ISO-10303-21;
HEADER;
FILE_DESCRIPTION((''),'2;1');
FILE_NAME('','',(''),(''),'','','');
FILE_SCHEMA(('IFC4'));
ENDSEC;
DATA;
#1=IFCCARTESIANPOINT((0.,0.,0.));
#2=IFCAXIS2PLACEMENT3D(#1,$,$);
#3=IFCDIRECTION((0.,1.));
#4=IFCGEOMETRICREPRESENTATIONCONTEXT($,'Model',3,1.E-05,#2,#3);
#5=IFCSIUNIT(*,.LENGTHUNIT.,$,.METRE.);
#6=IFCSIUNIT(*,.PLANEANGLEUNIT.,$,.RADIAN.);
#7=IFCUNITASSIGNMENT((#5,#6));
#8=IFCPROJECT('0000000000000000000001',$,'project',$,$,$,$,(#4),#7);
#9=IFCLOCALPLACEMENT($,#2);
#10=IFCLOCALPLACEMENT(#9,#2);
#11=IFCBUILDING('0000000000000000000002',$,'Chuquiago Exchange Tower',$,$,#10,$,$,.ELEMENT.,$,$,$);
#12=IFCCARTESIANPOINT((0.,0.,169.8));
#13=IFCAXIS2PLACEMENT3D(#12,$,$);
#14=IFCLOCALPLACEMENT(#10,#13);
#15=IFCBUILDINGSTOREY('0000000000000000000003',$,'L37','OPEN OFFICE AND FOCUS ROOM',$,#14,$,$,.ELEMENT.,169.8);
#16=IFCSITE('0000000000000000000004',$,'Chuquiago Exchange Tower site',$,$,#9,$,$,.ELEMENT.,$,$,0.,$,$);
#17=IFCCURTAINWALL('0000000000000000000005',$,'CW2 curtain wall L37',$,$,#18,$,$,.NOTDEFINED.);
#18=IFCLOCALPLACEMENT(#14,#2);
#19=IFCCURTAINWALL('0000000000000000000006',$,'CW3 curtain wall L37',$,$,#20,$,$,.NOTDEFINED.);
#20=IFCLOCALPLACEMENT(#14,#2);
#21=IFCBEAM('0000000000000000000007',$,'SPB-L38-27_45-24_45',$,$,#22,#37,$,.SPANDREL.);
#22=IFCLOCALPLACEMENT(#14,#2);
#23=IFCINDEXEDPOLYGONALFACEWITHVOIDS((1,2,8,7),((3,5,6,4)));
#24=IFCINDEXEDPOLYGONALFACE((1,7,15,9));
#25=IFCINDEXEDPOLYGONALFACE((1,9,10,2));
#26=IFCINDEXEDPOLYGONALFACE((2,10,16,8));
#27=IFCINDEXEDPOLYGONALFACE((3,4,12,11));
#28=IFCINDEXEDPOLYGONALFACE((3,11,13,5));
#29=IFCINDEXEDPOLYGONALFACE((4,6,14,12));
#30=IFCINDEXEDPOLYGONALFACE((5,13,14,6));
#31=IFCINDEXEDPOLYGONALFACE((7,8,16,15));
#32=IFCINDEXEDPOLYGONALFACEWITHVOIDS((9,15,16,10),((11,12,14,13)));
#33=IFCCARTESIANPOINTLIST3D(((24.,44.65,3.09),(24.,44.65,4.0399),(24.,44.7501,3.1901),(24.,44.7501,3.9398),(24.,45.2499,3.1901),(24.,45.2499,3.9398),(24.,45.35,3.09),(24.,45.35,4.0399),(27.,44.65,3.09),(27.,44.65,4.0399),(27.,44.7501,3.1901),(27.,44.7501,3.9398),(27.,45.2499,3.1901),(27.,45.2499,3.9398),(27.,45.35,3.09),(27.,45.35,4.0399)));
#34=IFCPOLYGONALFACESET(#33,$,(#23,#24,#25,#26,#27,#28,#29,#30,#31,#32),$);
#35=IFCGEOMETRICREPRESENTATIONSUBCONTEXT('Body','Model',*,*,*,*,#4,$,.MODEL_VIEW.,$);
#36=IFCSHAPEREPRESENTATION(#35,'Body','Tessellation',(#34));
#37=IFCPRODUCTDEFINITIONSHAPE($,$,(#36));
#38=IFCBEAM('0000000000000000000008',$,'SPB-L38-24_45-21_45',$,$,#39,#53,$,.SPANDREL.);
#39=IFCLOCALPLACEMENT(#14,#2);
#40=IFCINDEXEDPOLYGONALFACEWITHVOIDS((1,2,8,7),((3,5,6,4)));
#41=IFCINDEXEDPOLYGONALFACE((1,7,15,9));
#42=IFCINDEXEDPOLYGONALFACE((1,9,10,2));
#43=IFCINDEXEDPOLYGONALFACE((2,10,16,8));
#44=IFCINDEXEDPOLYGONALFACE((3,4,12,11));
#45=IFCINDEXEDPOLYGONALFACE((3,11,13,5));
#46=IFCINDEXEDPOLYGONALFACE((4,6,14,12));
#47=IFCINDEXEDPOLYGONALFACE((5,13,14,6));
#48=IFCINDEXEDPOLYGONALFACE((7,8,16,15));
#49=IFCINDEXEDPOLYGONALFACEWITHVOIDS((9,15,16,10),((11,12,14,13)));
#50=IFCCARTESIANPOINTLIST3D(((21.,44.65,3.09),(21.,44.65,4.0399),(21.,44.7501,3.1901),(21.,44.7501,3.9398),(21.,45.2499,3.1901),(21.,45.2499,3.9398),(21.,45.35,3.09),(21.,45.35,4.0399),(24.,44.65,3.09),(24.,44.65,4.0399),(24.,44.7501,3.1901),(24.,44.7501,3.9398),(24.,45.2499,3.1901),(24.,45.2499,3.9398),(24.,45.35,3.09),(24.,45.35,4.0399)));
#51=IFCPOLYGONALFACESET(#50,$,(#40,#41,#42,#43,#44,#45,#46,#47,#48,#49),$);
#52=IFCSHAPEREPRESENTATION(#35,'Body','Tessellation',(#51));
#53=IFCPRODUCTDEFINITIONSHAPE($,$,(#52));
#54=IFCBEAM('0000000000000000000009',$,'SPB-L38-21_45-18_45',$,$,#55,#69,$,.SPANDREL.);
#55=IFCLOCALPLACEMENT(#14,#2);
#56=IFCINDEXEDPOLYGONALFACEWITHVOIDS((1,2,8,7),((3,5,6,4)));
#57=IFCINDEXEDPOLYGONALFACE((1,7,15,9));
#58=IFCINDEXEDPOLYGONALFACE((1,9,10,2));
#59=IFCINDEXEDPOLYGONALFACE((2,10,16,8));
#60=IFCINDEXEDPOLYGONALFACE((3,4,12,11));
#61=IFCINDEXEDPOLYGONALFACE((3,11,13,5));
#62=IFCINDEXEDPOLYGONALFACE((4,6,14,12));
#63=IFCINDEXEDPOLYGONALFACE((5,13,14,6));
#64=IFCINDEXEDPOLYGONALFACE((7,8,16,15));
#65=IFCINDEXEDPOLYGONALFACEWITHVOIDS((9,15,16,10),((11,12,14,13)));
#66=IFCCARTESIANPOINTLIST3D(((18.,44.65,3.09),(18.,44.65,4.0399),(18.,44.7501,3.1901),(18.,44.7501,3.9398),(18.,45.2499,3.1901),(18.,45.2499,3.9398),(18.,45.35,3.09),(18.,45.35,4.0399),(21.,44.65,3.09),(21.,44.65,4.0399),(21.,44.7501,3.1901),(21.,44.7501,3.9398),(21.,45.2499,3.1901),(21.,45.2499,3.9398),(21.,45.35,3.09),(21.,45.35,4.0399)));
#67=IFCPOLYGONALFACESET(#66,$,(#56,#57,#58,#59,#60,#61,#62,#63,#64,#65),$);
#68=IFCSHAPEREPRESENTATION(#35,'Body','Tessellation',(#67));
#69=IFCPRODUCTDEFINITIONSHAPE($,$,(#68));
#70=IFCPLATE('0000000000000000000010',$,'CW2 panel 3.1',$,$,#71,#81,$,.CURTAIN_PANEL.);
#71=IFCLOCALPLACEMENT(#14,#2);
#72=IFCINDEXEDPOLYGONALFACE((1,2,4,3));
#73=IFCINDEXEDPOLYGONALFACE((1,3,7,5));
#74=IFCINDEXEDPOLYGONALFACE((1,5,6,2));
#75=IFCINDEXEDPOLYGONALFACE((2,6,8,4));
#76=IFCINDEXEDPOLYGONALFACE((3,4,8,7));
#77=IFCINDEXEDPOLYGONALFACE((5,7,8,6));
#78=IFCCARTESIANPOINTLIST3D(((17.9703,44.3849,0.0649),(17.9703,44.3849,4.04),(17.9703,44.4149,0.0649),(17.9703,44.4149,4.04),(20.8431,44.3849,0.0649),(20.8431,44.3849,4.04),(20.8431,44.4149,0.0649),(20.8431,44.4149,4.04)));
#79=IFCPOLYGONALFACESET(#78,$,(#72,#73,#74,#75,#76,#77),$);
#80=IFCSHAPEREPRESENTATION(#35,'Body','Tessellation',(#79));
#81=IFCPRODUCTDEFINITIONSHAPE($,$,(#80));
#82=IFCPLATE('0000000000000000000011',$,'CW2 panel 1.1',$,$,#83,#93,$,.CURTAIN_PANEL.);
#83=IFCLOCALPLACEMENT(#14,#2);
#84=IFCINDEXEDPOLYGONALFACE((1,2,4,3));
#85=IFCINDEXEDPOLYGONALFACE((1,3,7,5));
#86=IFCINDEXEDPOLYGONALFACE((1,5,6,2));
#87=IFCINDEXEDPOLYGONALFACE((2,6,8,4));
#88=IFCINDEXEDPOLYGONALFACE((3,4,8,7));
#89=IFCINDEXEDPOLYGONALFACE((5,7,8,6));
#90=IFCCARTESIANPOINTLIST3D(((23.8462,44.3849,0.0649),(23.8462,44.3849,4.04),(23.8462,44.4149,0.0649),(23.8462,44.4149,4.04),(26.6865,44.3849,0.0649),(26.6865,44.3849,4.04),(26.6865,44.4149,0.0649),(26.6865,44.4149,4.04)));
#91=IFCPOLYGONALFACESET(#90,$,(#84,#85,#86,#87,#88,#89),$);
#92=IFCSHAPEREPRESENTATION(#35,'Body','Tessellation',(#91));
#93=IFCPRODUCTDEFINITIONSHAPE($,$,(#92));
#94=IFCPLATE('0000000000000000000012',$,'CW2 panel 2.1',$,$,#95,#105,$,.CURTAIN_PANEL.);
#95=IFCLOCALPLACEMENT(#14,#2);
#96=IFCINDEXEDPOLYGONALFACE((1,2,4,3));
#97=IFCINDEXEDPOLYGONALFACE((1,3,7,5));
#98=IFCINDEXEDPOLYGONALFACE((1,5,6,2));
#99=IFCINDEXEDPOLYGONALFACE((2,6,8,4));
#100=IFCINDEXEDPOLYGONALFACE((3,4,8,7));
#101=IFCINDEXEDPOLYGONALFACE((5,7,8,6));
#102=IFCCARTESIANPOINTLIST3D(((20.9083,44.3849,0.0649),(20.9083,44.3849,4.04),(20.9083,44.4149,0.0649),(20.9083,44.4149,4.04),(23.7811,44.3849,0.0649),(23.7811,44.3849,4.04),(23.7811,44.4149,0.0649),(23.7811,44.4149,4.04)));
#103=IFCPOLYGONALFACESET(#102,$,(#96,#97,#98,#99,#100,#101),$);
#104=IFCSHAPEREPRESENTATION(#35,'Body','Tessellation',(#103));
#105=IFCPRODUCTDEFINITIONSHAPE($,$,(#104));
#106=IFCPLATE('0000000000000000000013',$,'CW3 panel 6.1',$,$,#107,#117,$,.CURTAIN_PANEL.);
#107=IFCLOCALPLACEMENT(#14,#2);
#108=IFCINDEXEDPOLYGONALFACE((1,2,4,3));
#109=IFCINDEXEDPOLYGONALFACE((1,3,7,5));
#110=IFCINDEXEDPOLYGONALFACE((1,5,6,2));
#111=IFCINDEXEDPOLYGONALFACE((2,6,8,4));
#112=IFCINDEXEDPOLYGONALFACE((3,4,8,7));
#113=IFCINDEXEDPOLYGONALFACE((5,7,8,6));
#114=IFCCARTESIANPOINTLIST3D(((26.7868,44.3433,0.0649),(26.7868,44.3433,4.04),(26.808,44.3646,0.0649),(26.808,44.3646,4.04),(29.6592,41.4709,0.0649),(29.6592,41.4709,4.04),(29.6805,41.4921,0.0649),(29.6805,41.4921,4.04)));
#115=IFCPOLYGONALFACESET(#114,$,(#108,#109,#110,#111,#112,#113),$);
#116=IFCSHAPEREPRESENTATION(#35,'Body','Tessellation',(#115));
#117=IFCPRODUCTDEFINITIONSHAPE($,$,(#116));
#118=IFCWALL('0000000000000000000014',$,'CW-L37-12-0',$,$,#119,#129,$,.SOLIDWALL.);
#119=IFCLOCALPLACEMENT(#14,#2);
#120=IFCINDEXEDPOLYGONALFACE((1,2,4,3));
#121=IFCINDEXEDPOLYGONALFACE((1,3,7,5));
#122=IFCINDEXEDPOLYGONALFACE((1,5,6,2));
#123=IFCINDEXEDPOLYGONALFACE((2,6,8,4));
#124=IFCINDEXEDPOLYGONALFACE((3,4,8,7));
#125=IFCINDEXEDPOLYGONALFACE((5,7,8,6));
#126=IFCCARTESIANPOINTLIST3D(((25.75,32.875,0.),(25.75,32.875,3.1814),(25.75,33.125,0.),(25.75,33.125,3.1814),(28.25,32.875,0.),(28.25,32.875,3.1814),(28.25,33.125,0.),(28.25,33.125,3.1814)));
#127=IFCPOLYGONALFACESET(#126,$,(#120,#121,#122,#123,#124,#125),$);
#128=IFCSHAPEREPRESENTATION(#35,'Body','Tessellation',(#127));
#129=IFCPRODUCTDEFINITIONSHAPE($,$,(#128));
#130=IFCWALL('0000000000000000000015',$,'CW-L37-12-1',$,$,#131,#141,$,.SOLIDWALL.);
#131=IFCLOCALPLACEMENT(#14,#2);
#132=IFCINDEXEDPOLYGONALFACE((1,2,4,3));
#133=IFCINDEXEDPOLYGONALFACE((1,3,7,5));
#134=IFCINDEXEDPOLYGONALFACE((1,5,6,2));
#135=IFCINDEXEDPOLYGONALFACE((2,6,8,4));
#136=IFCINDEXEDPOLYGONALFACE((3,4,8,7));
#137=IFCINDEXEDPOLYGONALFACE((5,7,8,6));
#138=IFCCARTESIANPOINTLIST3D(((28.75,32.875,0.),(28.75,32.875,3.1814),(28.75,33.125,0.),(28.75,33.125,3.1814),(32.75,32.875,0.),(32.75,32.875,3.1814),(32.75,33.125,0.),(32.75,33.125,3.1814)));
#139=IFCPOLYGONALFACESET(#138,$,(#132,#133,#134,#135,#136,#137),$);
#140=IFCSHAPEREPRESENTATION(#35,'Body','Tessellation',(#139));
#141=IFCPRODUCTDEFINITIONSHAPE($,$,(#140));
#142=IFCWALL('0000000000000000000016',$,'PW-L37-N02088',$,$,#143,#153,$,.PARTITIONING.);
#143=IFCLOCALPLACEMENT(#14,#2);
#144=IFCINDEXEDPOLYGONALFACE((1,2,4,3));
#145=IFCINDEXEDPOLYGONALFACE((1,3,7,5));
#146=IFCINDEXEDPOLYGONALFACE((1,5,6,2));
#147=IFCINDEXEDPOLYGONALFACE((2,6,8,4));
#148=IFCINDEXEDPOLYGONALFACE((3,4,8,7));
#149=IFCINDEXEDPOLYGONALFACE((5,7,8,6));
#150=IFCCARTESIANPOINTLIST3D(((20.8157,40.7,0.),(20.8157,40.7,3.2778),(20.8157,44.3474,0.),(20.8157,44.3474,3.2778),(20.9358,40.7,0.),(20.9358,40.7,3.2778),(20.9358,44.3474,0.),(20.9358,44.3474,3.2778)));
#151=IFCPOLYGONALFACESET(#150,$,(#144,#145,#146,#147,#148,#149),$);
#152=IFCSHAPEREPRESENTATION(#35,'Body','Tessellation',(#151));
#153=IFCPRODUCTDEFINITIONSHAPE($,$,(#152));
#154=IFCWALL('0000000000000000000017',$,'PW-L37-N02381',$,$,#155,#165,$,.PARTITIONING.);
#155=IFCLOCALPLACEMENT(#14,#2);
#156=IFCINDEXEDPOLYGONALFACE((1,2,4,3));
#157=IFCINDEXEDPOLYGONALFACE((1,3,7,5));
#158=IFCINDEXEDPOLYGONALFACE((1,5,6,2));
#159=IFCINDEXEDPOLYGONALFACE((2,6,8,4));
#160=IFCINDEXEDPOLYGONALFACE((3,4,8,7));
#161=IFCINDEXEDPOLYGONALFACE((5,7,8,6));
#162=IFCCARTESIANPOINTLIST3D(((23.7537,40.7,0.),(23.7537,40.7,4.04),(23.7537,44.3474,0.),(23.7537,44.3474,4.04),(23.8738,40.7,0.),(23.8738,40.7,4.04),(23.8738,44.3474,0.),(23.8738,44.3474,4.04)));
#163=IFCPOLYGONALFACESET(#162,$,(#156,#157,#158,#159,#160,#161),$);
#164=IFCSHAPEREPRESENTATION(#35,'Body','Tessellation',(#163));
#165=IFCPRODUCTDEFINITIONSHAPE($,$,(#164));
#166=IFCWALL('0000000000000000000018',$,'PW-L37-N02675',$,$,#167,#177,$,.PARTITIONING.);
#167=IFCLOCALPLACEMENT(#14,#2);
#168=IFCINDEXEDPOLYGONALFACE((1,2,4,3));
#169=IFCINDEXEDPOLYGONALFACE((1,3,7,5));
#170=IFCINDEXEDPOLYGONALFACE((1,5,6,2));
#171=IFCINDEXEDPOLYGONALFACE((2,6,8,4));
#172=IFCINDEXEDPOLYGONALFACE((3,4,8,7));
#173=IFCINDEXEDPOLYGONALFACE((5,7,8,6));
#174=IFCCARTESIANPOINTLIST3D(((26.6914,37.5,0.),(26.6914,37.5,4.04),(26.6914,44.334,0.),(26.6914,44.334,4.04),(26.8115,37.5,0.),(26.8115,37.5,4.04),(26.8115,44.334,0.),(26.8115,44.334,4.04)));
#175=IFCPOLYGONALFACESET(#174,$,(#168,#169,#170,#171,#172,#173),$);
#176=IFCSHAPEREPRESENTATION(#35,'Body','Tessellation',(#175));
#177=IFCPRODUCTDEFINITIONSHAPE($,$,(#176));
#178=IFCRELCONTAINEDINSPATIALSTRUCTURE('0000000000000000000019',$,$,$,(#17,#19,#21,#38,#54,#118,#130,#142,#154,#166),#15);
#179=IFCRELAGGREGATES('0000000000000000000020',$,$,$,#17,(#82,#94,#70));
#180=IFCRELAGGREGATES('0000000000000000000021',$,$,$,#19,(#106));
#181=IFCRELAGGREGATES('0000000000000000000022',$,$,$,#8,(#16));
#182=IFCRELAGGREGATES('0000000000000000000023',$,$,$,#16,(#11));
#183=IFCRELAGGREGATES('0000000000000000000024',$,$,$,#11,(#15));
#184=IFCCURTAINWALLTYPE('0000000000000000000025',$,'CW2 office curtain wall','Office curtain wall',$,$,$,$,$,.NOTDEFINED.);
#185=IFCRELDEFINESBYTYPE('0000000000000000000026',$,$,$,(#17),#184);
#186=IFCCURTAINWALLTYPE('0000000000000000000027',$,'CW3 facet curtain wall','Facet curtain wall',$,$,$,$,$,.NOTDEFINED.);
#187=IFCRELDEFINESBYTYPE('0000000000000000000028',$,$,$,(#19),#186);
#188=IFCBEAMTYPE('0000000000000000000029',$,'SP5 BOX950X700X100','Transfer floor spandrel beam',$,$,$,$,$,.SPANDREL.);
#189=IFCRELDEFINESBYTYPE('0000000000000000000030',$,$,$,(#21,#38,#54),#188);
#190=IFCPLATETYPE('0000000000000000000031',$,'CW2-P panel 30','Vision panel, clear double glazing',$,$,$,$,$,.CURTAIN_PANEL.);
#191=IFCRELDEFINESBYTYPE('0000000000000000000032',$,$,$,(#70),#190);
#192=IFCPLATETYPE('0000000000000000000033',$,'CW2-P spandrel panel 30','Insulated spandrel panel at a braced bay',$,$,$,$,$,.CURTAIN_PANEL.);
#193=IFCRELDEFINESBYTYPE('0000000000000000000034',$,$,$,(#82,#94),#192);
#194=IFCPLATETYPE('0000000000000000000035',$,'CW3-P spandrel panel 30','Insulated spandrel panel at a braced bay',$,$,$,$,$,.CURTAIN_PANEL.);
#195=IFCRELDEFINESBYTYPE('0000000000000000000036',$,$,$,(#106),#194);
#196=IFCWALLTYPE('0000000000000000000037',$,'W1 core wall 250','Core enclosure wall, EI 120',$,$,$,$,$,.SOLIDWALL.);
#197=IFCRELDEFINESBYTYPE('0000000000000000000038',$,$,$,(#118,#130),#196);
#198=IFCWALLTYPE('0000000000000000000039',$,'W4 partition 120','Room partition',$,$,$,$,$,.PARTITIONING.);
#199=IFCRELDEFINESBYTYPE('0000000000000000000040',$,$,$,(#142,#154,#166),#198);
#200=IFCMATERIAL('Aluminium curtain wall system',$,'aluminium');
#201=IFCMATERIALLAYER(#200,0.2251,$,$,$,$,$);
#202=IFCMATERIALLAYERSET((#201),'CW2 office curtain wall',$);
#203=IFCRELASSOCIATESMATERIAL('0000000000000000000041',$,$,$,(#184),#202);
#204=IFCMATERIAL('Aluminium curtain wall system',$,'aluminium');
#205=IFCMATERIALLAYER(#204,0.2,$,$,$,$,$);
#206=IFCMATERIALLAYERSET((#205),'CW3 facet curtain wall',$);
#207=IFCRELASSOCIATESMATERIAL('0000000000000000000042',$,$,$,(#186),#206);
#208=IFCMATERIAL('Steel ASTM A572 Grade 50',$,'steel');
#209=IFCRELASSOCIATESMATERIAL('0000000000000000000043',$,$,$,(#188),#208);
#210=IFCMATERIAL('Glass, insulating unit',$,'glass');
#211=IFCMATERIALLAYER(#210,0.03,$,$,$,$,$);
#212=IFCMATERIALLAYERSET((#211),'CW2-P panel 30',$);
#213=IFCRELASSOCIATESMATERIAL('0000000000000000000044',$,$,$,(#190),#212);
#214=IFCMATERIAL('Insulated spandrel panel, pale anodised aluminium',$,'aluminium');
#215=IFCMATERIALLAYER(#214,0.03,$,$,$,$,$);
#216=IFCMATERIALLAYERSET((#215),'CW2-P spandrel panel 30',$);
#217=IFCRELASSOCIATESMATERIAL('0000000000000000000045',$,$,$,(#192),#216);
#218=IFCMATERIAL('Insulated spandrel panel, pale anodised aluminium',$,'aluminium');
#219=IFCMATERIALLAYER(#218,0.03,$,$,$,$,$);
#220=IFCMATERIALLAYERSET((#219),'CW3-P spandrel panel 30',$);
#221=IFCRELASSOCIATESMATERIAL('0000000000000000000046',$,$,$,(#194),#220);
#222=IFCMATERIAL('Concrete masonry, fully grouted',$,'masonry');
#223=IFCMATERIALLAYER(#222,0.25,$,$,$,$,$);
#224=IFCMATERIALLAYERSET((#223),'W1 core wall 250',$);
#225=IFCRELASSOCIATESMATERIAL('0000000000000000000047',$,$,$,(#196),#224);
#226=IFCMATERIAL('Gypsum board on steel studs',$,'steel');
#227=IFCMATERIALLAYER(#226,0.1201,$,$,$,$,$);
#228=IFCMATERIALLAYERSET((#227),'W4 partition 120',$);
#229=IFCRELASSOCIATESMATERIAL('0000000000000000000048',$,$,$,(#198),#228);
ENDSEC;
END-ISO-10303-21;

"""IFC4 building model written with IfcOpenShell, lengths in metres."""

from ifc_helpers import new_model, si_unit, direction, frame, frame_2d, origin, origin_2d, place, context, subcontext, project, spatial, rectangle, hollow_rectangle, extrude, material, layer, layer_set, material_profile, profile_set, type_object, element, aggregate, save


model = new_model("IFC4")

# Units and contexts
model_context = context("Model", 3, precision=1e-05, world=origin(), true_north=direction((0.0, 1.0)))
body_context = subcontext(model_context, "Body", "Model", "MODEL_VIEW")
ifc_project = project(units=[si_unit("LENGTHUNIT", "METRE"), si_unit("PLANEANGLEUNIT", "RADIAN")], contexts=[model_context])

# Site, building, storey
site_placement = place(None, origin())
site = spatial("IfcSite", under=ifc_project, at=site_placement, Name="Chuquiago Exchange Tower site", CompositionType="ELEMENT", RefElevation=0.0)
building_placement = place(site_placement, origin())
building = spatial("IfcBuilding", under=site, at=building_placement, Name="Chuquiago Exchange Tower", CompositionType="ELEMENT")
storey_placement = place(building_placement, frame((0.0, 0.0, 169.8)))
storey = spatial("IfcBuildingStorey", under=building, at=storey_placement, Name="L37", Description="OPEN OFFICE AND FOCUS ROOM", CompositionType="ELEMENT", Elevation=169.8)

# Curtain walls
ifc_material_1 = material(Name="Aluminium curtain wall system", Category="aluminium")
ifc_layer_1 = layer(ifc_material_1, 0.2251)
ifc_layer_set_1 = layer_set([ifc_layer_1], Name="CW2 office curtain wall")
curtain_wall_type_1 = type_object("IfcCurtainWallType", Name="CW2 office curtain wall", Description="Office curtain wall", PredefinedType="NOTDEFINED", material=ifc_layer_set_1)
curtain_wall_1_placement = place(storey_placement, origin())
curtain_wall_1 = element("IfcCurtainWall", 1, at=curtain_wall_1_placement, inside=storey, type_object=curtain_wall_type_1, Name="CW2 curtain wall L37", PredefinedType="NOTDEFINED")
ifc_material_2 = material(Name="Aluminium curtain wall system", Category="aluminium")
ifc_layer_2 = layer(ifc_material_2, 0.2)
ifc_layer_set_2 = layer_set([ifc_layer_2], Name="CW3 facet curtain wall")
curtain_wall_type_2 = type_object("IfcCurtainWallType", Name="CW3 facet curtain wall", Description="Facet curtain wall", PredefinedType="NOTDEFINED", material=ifc_layer_set_2)
curtain_wall_2_placement = place(storey_placement, origin())
curtain_wall_2 = element("IfcCurtainWall", 2, at=curtain_wall_2_placement, inside=storey, type_object=curtain_wall_type_2, Name="CW3 curtain wall L37", PredefinedType="NOTDEFINED")

# Beams
ifc_material_3 = material(Name="Steel ASTM A572 Grade 50", Category="steel")
ifc_material_profile_1 = material_profile(ifc_material_3, hollow_rectangle(XDim=0.7, YDim=0.95, WallThickness=0.1001, at=origin_2d()), Name="BOX950X700X100")
ifc_profile_set_1 = profile_set([ifc_material_profile_1], Name="Steel ASTM A572 Grade 50")
beam_type_1 = type_object("IfcBeamType", Name="SP5 BOX950X700X100", Description="Transfer floor spandrel beam", PredefinedType="SPANDREL", material=ifc_profile_set_1)
for number, where, z_axis, x_axis, name in (
    (3, (27.0, 45.0, 3.5649), (-1.0, 0.0, 0.0), (0.0, -1.0, 0.0), "SPB-L38-27_45-24_45"),
    (4, (24.0, 45.0, 3.5649), (-1.0, 0.0, 0.0), (0.0, -1.0, 0.0), "SPB-L38-24_45-21_45"),
    (5, (21.0, 45.0, 3.5649), (-1.0, 0.0, 0.0), (0.0, -1.0, 0.0), "SPB-L38-21_45-18_45"),
):
    element("IfcBeam", number, at=place(storey_placement, frame(where, z_axis=z_axis, x_axis=x_axis)), inside=storey, type_object=beam_type_1, Name=name, PredefinedType="SPANDREL", context=body_context, shape_type="SweptSolid", body=[
        extrude(hollow_rectangle(XDim=0.7, YDim=0.95, WallThickness=0.1001, at=origin_2d()), origin(), (0.0, 0.0, 1.0), 3.0),
    ])

# Plates
ifc_material_4 = material(Name="Glass, insulating unit", Category="glass")
ifc_layer_3 = layer(ifc_material_4, 0.03)
ifc_layer_set_3 = layer_set([ifc_layer_3], Name="CW2-P panel 30")
plate_type_1 = type_object("IfcPlateType", Name="CW2-P panel 30", Description="Vision panel, clear double glazing", PredefinedType="CURTAIN_PANEL", material=ifc_layer_set_3)
plate_1_placement = place(storey_placement, frame((19.4067, 44.3999, 0.0649), z_axis=(0.0, 0.0, 1.0), x_axis=(-1.0, 0.0, 0.0)))
plate_1 = element("IfcPlate", 6, at=plate_1_placement, type_object=plate_type_1, Name="CW2 panel 3.1", PredefinedType="CURTAIN_PANEL", context=body_context, shape_type="SweptSolid", body=[
    extrude(rectangle(XDim=2.8728, YDim=0.03, at=origin_2d()), origin(), (0.0, 0.0, 1.0), 3.9751),
])
ifc_material_5 = material(Name="Insulated spandrel panel, pale anodised aluminium", Category="aluminium")
ifc_layer_4 = layer(ifc_material_5, 0.03)
ifc_layer_set_4 = layer_set([ifc_layer_4], Name="CW2-P spandrel panel 30")
plate_type_2 = type_object("IfcPlateType", Name="CW2-P spandrel panel 30", Description="Insulated spandrel panel at a braced bay", PredefinedType="CURTAIN_PANEL", material=ifc_layer_set_4)
plate_2_placement = place(storey_placement, frame((25.2664, 44.3999, 0.0649), z_axis=(0.0, 0.0, 1.0), x_axis=(-1.0, 0.0, 0.0)))
plate_2 = element("IfcPlate", 7, at=plate_2_placement, type_object=plate_type_2, Name="CW2 panel 1.1", PredefinedType="CURTAIN_PANEL", context=body_context, shape_type="SweptSolid", body=[
    extrude(rectangle(XDim=2.8403, YDim=0.03, at=origin_2d()), origin(), (0.0, 0.0, 1.0), 3.9751),
])
plate_3_placement = place(storey_placement, frame((22.3447, 44.3999, 0.0649), z_axis=(0.0, 0.0, 1.0), x_axis=(-1.0, 0.0, 0.0)))
plate_3 = element("IfcPlate", 8, at=plate_3_placement, type_object=plate_type_2, Name="CW2 panel 2.1", PredefinedType="CURTAIN_PANEL", context=body_context, shape_type="SweptSolid", body=[
    extrude(rectangle(XDim=2.8728, YDim=0.03, at=origin_2d()), origin(), (0.0, 0.0, 1.0), 3.9751),
])
aggregate(curtain_wall_1, [plate_2, plate_3, plate_1])
ifc_material_6 = material(Name="Insulated spandrel panel, pale anodised aluminium", Category="aluminium")
ifc_layer_5 = layer(ifc_material_6, 0.03)
ifc_layer_set_5 = layer_set([ifc_layer_5], Name="CW3-P spandrel panel 30")
plate_type_3 = type_object("IfcPlateType", Name="CW3-P spandrel panel 30", Description="Insulated spandrel panel at a braced bay", PredefinedType="CURTAIN_PANEL", material=ifc_layer_set_5)
plate_4_placement = place(storey_placement, frame((28.2336, 42.9177, 0.0649), z_axis=(0.0, 0.0, 1.0), x_axis=(-0.707107, 0.707107, 0.0)))
plate_4 = element("IfcPlate", 9, at=plate_4_placement, type_object=plate_type_3, Name="CW3 panel 6.1", PredefinedType="CURTAIN_PANEL", context=body_context, shape_type="SweptSolid", body=[
    extrude(rectangle(XDim=4.0623, YDim=0.03, at=origin_2d()), origin(), (0.0, 0.0, 1.0), 3.9751),
])
aggregate(curtain_wall_2, [plate_4])

# Walls
ifc_material_7 = material(Name="Concrete masonry, fully grouted", Category="masonry")
ifc_layer_6 = layer(ifc_material_7, 0.25)
ifc_layer_set_6 = layer_set([ifc_layer_6], Name="W1 core wall 250")
wall_type_1 = type_object("IfcWallType", Name="W1 core wall 250", Description="Core enclosure wall, EI 120", PredefinedType="SOLIDWALL", material=ifc_layer_set_6)
wall_1_placement = place(storey_placement, frame((25.75, 33.0, 0.0), z_axis=(0.0, 0.0, 1.0), x_axis=(1.0, 0.0, 0.0)))
element("IfcWall", 10, at=wall_1_placement, inside=storey, type_object=wall_type_1, Name="CW-L37-12-0", PredefinedType="SOLIDWALL", context=body_context, shape_type="SweptSolid", body=[
    extrude(rectangle(XDim=2.5, YDim=0.25, at=frame_2d((1.25, 0.0))), origin(), (0.0, 0.0, 1.0), 3.1814),
])
wall_2_placement = place(storey_placement, frame((28.75, 33.0, 0.0), z_axis=(0.0, 0.0, 1.0), x_axis=(1.0, 0.0, 0.0)))
element("IfcWall", 11, at=wall_2_placement, inside=storey, type_object=wall_type_1, Name="CW-L37-12-1", PredefinedType="SOLIDWALL", context=body_context, shape_type="SweptSolid", body=[
    extrude(rectangle(XDim=4.0, YDim=0.25, at=frame_2d((2.0, 0.0))), origin(), (0.0, 0.0, 1.0), 3.1814),
])
ifc_material_8 = material(Name="Gypsum board on steel studs", Category="steel")
ifc_layer_7 = layer(ifc_material_8, 0.1201)
ifc_layer_set_7 = layer_set([ifc_layer_7], Name="W4 partition 120")
wall_type_2 = type_object("IfcWallType", Name="W4 partition 120", Description="Room partition", PredefinedType="PARTITIONING", material=ifc_layer_set_7)
wall_3_placement = place(storey_placement, frame((20.8757, 44.3474, 0.0), z_axis=(0.0, 0.0, 1.0), x_axis=(0.0, -1.0, 0.0)))
element("IfcWall", 12, at=wall_3_placement, inside=storey, type_object=wall_type_2, Name="PW-L37-N02088", PredefinedType="PARTITIONING", context=body_context, shape_type="SweptSolid", body=[
    extrude(rectangle(XDim=3.6475, YDim=0.1201, at=frame_2d((1.8237, 0.0))), origin(), (0.0, 0.0, 1.0), 3.2778),
])
wall_4_placement = place(storey_placement, frame((23.8137, 44.3474, 0.0), z_axis=(0.0, 0.0, 1.0), x_axis=(0.0, -1.0, 0.0)))
element("IfcWall", 13, at=wall_4_placement, inside=storey, type_object=wall_type_2, Name="PW-L37-N02381", PredefinedType="PARTITIONING", context=body_context, shape_type="SweptSolid", body=[
    extrude(rectangle(XDim=3.6475, YDim=0.1201, at=frame_2d((1.8237, 0.0))), origin(), (0.0, 0.0, 1.0), 4.04),
])
wall_5_placement = place(storey_placement, frame((26.7515, 44.334, 0.0), z_axis=(0.0, 0.0, 1.0), x_axis=(0.0, -1.0, 0.0)))
element("IfcWall", 14, at=wall_5_placement, inside=storey, type_object=wall_type_2, Name="PW-L37-N02675", PredefinedType="PARTITIONING", context=body_context, shape_type="SweptSolid", body=[
    extrude(rectangle(XDim=6.834, YDim=0.1201, at=frame_2d((3.417, 0.0))), origin(), (0.0, 0.0, 1.0), 4.04),
])

save(model, "model.ifc")
